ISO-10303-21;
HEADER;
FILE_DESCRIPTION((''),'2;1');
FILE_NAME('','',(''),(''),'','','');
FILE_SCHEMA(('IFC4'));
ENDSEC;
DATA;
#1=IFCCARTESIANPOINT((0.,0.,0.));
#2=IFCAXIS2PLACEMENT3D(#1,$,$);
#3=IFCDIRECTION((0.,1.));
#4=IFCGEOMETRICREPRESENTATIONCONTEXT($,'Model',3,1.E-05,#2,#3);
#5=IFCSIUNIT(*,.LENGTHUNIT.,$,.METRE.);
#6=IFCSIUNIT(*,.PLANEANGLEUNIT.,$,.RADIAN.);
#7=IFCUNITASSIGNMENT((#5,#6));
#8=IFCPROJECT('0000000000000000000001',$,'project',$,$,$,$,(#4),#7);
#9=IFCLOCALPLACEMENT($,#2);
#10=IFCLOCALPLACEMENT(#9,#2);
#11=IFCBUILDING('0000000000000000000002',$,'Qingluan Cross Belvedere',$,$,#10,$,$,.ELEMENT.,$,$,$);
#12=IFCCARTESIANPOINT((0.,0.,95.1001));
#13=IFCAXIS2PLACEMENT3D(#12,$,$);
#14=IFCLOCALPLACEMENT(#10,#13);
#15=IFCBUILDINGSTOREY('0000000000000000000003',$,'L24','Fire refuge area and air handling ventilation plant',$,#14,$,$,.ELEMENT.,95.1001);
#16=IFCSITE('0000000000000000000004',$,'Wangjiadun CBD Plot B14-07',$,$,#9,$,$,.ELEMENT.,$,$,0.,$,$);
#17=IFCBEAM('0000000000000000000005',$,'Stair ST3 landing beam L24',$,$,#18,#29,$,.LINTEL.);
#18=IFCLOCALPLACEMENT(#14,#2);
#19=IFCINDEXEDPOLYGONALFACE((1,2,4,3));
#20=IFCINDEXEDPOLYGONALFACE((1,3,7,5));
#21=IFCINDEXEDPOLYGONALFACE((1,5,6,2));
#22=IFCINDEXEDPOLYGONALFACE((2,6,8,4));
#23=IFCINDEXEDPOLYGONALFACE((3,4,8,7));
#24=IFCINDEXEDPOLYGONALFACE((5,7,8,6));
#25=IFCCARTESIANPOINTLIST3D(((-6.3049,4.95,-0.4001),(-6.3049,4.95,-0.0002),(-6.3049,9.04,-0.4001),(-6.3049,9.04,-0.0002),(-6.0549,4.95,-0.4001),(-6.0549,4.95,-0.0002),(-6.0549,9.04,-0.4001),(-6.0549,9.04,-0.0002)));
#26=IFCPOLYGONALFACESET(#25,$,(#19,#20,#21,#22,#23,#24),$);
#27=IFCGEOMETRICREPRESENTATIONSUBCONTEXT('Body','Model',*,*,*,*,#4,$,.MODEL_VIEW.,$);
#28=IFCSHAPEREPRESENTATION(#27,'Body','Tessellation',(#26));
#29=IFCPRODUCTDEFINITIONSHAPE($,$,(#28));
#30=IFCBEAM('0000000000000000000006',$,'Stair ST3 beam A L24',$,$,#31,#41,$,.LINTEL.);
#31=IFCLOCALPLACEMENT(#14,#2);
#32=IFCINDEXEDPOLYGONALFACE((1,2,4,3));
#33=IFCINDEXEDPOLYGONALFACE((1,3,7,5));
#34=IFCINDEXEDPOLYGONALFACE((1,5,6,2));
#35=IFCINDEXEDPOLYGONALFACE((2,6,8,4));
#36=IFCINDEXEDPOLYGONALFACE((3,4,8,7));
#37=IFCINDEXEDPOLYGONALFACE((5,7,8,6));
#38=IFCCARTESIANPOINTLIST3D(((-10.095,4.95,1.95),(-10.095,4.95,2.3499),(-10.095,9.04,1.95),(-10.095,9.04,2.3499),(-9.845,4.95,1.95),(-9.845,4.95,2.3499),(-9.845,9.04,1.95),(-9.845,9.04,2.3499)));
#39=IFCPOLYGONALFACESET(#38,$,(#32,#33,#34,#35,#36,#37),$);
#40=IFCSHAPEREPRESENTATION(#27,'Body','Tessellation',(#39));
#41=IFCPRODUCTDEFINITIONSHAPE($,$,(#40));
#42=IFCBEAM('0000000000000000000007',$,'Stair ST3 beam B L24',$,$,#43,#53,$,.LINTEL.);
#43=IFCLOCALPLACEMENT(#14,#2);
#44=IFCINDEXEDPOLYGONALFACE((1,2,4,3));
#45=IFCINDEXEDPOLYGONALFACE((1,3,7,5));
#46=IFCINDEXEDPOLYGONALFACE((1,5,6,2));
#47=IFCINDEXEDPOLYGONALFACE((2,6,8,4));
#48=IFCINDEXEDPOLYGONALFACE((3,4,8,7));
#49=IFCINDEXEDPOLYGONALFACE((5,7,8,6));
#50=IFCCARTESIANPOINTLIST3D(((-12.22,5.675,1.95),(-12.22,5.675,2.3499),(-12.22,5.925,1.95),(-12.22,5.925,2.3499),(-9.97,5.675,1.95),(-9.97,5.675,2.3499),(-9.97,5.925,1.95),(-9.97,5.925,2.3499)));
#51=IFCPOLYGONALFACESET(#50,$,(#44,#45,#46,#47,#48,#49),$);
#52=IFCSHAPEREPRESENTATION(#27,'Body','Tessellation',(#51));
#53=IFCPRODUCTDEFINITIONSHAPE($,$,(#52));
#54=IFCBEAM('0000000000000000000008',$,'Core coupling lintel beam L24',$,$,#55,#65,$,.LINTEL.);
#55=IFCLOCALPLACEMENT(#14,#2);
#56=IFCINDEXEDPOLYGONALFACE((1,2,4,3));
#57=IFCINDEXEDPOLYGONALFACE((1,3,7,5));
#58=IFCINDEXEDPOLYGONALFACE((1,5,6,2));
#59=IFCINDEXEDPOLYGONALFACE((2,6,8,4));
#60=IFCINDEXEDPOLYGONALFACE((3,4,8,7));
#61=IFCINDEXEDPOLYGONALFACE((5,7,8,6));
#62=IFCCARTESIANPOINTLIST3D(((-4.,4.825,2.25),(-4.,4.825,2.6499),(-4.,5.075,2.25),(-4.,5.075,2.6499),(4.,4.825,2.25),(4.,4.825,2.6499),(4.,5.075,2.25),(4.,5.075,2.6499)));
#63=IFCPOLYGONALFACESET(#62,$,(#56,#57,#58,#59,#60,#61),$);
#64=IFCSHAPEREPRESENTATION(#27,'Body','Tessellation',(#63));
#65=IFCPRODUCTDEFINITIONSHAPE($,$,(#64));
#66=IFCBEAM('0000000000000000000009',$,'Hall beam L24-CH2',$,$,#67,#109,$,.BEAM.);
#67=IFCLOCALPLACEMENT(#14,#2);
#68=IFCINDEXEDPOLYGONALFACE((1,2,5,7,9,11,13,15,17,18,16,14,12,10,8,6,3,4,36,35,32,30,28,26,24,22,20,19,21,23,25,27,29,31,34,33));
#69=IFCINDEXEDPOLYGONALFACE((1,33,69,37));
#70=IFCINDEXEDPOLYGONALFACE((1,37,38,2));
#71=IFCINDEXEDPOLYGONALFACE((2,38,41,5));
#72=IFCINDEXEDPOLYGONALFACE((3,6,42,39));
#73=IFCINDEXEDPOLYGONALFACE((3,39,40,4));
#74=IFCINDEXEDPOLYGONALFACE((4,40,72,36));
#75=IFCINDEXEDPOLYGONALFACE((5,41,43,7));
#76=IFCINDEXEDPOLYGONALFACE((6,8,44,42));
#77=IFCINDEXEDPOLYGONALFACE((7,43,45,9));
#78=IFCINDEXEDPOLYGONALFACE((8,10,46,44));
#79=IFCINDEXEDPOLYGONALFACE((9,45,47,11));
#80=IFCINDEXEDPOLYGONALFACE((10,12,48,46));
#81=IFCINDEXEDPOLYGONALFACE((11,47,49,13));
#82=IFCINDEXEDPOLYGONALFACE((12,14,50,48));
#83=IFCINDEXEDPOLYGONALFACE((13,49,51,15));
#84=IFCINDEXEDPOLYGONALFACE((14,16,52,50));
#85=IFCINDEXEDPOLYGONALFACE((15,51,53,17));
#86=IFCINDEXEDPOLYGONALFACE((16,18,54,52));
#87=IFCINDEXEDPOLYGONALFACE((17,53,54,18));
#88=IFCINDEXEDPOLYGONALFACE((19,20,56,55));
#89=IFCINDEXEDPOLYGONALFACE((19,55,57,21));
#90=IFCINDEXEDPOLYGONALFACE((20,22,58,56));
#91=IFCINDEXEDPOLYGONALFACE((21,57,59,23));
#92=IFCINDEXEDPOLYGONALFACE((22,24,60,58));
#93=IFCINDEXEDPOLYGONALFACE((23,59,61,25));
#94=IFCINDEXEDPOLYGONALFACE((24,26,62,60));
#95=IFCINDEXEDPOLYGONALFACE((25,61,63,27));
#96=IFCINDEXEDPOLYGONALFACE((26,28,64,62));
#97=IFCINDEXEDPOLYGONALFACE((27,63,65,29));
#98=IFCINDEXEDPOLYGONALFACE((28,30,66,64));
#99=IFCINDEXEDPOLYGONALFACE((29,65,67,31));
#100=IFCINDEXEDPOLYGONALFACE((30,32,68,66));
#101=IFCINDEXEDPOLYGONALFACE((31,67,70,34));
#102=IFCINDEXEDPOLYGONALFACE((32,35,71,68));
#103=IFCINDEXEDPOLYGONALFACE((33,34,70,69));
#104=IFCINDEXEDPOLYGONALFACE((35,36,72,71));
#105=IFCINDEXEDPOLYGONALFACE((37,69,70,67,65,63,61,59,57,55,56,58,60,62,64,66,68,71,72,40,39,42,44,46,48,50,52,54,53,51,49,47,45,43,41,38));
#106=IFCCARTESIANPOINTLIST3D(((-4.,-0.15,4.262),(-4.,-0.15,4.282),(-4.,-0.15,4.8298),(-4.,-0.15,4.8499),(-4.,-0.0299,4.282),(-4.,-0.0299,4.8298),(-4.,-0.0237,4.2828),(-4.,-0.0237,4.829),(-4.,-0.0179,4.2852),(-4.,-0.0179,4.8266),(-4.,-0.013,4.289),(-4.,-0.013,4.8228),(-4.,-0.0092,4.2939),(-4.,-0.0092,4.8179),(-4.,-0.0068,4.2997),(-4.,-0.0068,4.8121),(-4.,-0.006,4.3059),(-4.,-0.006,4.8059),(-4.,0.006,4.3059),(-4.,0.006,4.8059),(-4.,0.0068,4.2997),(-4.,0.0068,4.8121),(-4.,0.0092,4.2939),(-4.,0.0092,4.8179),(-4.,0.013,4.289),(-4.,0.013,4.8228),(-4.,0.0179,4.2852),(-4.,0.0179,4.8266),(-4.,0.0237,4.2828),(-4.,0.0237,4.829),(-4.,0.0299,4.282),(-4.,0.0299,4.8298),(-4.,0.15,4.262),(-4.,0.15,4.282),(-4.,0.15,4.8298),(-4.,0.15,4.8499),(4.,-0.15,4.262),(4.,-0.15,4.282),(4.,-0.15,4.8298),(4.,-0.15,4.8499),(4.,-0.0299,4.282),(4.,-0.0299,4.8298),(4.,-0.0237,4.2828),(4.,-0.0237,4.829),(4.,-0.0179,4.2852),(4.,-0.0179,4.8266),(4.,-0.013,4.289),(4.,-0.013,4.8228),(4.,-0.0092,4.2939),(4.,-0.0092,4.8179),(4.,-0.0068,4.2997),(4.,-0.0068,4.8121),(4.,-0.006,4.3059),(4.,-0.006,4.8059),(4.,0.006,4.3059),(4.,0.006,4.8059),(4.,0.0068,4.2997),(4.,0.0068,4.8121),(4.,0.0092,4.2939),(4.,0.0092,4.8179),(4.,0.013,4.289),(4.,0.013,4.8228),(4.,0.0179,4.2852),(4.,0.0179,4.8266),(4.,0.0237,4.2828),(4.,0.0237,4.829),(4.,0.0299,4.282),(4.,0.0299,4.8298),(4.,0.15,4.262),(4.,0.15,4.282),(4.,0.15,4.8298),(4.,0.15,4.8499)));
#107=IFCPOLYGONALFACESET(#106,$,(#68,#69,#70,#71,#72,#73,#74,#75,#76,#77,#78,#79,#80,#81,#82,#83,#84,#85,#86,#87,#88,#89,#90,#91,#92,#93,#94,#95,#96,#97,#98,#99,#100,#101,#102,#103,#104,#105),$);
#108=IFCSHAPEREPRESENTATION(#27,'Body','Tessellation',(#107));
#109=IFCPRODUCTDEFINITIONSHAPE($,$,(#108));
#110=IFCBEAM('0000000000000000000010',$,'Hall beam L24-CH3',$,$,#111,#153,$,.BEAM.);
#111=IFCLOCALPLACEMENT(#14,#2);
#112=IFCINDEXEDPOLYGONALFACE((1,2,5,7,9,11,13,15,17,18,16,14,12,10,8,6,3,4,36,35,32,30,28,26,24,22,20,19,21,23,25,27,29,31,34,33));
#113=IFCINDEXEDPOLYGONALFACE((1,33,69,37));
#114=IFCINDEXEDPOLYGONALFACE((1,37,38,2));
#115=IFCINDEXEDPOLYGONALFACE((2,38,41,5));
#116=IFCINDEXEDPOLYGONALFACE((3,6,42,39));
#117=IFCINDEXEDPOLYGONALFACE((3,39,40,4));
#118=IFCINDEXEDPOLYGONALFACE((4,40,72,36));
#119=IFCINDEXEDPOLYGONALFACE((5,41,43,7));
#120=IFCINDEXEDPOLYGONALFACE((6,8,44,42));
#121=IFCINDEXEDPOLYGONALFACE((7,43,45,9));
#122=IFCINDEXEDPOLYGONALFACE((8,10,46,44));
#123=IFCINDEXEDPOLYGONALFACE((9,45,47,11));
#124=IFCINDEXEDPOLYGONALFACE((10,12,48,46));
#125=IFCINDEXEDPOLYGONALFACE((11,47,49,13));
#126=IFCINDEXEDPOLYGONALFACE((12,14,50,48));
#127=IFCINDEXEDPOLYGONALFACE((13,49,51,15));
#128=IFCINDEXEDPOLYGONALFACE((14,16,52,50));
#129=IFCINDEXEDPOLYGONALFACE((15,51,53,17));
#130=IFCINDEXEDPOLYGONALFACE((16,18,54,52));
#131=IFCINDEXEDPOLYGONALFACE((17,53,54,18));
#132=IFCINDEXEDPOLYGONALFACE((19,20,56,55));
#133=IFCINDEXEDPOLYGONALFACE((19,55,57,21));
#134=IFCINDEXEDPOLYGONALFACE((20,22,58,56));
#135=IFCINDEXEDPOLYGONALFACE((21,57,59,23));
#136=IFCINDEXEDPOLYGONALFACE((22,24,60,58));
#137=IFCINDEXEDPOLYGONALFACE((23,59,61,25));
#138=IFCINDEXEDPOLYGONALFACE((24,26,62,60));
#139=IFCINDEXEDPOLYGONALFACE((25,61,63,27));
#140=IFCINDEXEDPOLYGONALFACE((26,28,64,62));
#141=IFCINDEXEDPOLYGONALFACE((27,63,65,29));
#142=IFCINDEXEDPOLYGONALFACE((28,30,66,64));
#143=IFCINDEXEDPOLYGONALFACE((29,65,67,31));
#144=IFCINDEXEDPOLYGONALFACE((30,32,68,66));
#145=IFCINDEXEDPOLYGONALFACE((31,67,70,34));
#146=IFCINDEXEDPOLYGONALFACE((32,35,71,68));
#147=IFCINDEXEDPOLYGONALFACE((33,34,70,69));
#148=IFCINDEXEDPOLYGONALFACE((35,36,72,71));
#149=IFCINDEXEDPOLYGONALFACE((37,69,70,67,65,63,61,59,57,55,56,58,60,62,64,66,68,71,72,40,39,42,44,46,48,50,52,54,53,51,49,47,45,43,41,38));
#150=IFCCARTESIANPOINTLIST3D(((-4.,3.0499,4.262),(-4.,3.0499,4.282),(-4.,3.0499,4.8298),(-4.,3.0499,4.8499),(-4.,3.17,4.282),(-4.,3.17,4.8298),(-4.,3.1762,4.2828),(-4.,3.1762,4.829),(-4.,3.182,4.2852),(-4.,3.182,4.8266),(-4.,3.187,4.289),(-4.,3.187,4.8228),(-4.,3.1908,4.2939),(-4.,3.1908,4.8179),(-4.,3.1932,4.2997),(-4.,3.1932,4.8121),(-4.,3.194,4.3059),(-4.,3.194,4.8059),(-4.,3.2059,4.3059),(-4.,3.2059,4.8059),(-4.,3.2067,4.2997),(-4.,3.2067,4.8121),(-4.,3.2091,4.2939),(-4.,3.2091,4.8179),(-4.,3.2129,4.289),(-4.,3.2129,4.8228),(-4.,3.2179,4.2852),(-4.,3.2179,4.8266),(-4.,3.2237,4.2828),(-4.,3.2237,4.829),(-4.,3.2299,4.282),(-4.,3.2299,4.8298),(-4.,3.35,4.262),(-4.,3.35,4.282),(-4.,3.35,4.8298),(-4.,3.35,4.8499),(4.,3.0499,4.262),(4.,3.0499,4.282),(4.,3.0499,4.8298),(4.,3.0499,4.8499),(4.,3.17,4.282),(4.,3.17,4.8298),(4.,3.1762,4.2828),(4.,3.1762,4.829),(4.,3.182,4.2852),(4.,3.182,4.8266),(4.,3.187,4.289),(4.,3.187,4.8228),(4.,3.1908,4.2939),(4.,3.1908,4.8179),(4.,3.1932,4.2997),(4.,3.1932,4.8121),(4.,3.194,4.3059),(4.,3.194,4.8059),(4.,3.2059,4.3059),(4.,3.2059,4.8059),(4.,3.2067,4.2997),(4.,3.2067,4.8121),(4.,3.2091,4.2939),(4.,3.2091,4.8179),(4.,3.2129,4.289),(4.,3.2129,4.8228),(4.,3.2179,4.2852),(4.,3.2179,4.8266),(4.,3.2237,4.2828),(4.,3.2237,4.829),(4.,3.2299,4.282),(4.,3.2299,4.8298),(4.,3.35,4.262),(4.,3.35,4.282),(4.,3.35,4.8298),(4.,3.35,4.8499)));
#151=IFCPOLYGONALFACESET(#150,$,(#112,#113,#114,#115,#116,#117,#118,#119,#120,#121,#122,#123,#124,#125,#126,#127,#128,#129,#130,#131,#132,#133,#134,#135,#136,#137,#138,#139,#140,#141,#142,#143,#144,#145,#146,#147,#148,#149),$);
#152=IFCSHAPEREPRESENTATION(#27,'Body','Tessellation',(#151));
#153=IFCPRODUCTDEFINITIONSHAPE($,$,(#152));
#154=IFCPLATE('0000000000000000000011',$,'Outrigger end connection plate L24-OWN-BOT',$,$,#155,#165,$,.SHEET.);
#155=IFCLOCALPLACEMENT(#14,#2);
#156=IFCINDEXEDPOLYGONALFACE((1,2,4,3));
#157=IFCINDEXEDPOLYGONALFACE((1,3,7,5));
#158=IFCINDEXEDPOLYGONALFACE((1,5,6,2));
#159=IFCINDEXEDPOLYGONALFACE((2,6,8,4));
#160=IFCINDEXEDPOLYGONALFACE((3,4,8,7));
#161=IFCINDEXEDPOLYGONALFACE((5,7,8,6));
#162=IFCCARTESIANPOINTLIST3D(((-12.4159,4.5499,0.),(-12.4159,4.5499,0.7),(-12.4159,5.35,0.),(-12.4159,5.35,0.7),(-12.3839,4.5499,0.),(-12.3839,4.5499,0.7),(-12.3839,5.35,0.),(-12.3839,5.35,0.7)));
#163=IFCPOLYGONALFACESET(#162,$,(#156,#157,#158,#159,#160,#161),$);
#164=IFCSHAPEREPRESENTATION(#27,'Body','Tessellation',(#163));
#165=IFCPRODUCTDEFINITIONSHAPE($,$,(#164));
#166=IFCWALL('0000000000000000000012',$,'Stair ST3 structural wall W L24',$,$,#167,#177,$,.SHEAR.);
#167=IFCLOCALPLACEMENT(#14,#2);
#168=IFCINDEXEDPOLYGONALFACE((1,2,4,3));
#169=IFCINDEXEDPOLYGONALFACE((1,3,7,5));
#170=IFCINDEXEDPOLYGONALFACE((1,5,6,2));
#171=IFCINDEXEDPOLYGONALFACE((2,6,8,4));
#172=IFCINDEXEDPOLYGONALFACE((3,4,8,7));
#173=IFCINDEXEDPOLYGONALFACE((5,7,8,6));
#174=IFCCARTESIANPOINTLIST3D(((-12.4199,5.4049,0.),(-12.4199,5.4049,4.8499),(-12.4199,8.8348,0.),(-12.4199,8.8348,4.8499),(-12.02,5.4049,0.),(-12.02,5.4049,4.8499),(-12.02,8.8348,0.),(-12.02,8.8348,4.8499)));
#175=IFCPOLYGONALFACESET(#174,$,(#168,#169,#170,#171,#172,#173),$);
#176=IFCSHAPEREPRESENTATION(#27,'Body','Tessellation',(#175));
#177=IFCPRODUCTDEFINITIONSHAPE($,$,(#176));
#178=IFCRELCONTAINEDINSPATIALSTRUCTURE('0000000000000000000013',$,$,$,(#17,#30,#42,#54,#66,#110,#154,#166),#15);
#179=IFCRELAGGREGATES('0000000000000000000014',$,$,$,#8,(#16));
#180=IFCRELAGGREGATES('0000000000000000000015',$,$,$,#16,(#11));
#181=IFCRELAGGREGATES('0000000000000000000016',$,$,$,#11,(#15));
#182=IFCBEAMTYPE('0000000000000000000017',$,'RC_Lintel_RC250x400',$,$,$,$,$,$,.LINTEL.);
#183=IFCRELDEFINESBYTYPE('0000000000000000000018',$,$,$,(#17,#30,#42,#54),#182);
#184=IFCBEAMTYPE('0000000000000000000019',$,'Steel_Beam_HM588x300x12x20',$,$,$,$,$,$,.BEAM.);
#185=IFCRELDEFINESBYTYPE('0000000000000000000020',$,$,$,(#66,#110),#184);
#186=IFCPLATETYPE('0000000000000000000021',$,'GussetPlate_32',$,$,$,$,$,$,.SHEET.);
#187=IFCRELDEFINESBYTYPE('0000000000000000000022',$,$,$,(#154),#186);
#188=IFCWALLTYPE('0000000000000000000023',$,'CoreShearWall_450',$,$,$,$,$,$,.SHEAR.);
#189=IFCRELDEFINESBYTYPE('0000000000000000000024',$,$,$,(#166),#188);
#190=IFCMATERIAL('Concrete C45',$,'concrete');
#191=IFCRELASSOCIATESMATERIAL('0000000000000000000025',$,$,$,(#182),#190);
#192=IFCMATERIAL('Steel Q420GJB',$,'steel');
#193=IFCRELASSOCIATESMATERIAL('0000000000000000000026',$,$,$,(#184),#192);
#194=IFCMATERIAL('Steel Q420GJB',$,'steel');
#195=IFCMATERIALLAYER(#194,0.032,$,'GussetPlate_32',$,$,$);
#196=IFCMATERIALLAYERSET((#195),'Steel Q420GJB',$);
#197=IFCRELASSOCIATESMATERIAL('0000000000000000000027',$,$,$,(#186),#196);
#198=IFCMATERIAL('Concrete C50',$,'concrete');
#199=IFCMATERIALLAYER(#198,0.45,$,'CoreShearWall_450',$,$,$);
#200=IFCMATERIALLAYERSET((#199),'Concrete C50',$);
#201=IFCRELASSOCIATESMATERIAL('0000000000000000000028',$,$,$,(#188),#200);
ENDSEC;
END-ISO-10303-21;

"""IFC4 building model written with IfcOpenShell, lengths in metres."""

from ifc_helpers import new_model, si_unit, direction, frame, frame_2d, origin, origin_2d, place, context, subcontext, project, spatial, rectangle, i_section, extrude, material, layer, layer_set, material_profile, profile_set, type_object, element, save


model = new_model("IFC4")

# Units and contexts
model_context = context("Model", 3, precision=1e-05, world=origin(), true_north=direction((0.0, 1.0)))
body_context = subcontext(model_context, "Body", "Model", "MODEL_VIEW")
ifc_project = project(units=[si_unit("LENGTHUNIT", "METRE"), si_unit("PLANEANGLEUNIT", "RADIAN")], contexts=[model_context])

# Site, building, storey
site_placement = place(None, origin())
site = spatial("IfcSite", under=ifc_project, at=site_placement, Name="Wangjiadun CBD Plot B14-07", CompositionType="ELEMENT", RefElevation=0.0)
building_placement = place(site_placement, origin())
building = spatial("IfcBuilding", under=site, at=building_placement, Name="Qingluan Cross Belvedere", CompositionType="ELEMENT")
storey_placement = place(building_placement, frame((0.0, 0.0, 95.1001)))
storey = spatial("IfcBuildingStorey", under=building, at=storey_placement, Name="L24", Description="Fire refuge area and air handling ventilation plant", CompositionType="ELEMENT", Elevation=95.1001)

# Beams
ifc_material_1 = material(Name="Concrete C45", Category="concrete")
ifc_material_profile_1 = material_profile(ifc_material_1, rectangle(XDim=0.25, YDim=0.3999, at=origin_2d()), Name="RC250x400")
ifc_profile_set_1 = profile_set([ifc_material_profile_1], Name="Concrete C45")
beam_type_1 = type_object("IfcBeamType", Name="RC_Lintel_RC250x400", PredefinedType="LINTEL", material=ifc_profile_set_1)
for number, where, z_axis, x_axis, name in (
    (1, (-6.1799, 4.95, -0.2002), (0.0, 1.0, 0.0), (-1.0, 0.0, 0.0), "Stair ST3 landing beam L24"),
    (2, (-9.97, 4.95, 2.1499), (0.0, 1.0, 0.0), (-1.0, 0.0, 0.0), "Stair ST3 beam A L24"),
):
    element("IfcBeam", number, at=place(storey_placement, frame(where, z_axis=z_axis, x_axis=x_axis)), inside=storey, type_object=beam_type_1, Name=name, PredefinedType="LINTEL", context=body_context, shape_type="SweptSolid", body=[
        extrude(rectangle(XDim=0.25, YDim=0.3999, at=origin_2d()), origin(), (0.0, 0.0, 1.0), 4.0901),
    ])
beam_1_placement = place(storey_placement, frame((-12.22, 5.8, 2.1499), z_axis=(1.0, 0.0, 0.0), x_axis=(0.0, 1.0, 0.0)))
element("IfcBeam", 3, at=beam_1_placement, inside=storey, type_object=beam_type_1, Name="Stair ST3 beam B L24", PredefinedType="LINTEL", context=body_context, shape_type="SweptSolid", body=[
    extrude(rectangle(XDim=0.25, YDim=0.3999, at=origin_2d()), origin(), (0.0, 0.0, 1.0), 2.25),
])
beam_2_placement = place(storey_placement, frame((-4.0, 4.95, 2.45), z_axis=(1.0, 0.0, 0.0), x_axis=(0.0, 1.0, 0.0)))
element("IfcBeam", 4, at=beam_2_placement, inside=storey, type_object=beam_type_1, Name="Core coupling lintel beam L24", PredefinedType="LINTEL", context=body_context, shape_type="SweptSolid", body=[
    extrude(rectangle(XDim=0.25, YDim=0.3999, at=origin_2d()), origin(), (0.0, 0.0, 1.0), 8.0),
])
ifc_material_2 = material(Name="Steel Q420GJB", Category="steel")
ifc_material_profile_2 = material_profile(ifc_material_2, i_section(OverallWidth=0.3, OverallDepth=0.5879, WebThickness=0.012, FlangeThickness=0.02, FilletRadius=0.0239, at=origin_2d()), Name="HM588x300x12x20")
ifc_profile_set_2 = profile_set([ifc_material_profile_2], Name="Steel Q420GJB")
beam_type_2 = type_object("IfcBeamType", Name="Steel_Beam_HM588x300x12x20", PredefinedType="BEAM", material=ifc_profile_set_2)
for number, where, z_axis, x_axis, name in (
    (5, (-4.0, 0.0, 4.5559), (1.0, 0.0, 0.0), (0.0, 1.0, 0.0), "Hall beam L24-CH2"),
    (6, (-4.0, 3.2, 4.5559), (1.0, 0.0, 0.0), (0.0, 1.0, 0.0), "Hall beam L24-CH3"),
):
    element("IfcBeam", number, at=place(storey_placement, frame(where, z_axis=z_axis, x_axis=x_axis)), inside=storey, type_object=beam_type_2, Name=name, PredefinedType="BEAM", context=body_context, shape_type="SweptSolid", body=[
        extrude(i_section(OverallWidth=0.3, OverallDepth=0.5879, WebThickness=0.012, FlangeThickness=0.02, FilletRadius=0.0239, at=origin_2d()), origin(), (0.0, 0.0, 1.0), 8.0),
    ])

# Plate
ifc_material_3 = material(Name="Steel Q420GJB", Category="steel")
ifc_layer_1 = layer(ifc_material_3, 0.032, Name="GussetPlate_32")
ifc_layer_set_1 = layer_set([ifc_layer_1], Name="Steel Q420GJB")
plate_type = type_object("IfcPlateType", Name="GussetPlate_32", PredefinedType="SHEET", material=ifc_layer_set_1)
plate_placement = place(storey_placement, frame((-12.3999, 4.95, 0.0), z_axis=(0.0, 0.0, 1.0), x_axis=(0.0, 1.0, 0.0)))
element("IfcPlate", 7, at=plate_placement, inside=storey, type_object=plate_type, Name="Outrigger end connection plate L24-OWN-BOT", PredefinedType="SHEET", context=body_context, shape_type="SweptSolid", body=[
    extrude(rectangle(XDim=0.8, YDim=0.032, at=origin_2d()), origin(), (0.0, 0.0, 1.0), 0.7),
])

# Wall
ifc_material_4 = material(Name="Concrete C50", Category="concrete")
ifc_layer_2 = layer(ifc_material_4, 0.45, Name="CoreShearWall_450")
ifc_layer_set_2 = layer_set([ifc_layer_2], Name="Concrete C50")
wall_type_1 = type_object("IfcWallType", Name="CoreShearWall_450", PredefinedType="SHEAR", material=ifc_layer_set_2)
wall_1_placement = place(storey_placement, frame((-12.22, 5.405, 0.0), z_axis=(0.0, 0.0, 1.0), x_axis=(0.0, 1.0, 0.0)))
element("IfcWall", 8, at=wall_1_placement, inside=storey, type_object=wall_type_1, Name="Stair ST3 structural wall W L24", PredefinedType="SHEAR", context=body_context, shape_type="SweptSolid", body=[
    extrude(rectangle(XDim=3.4299, YDim=0.3999, at=frame_2d((1.7148, 0.0))), origin(), (0.0, 0.0, 1.0), 4.8499),
])

save(model, "model.ifc")
